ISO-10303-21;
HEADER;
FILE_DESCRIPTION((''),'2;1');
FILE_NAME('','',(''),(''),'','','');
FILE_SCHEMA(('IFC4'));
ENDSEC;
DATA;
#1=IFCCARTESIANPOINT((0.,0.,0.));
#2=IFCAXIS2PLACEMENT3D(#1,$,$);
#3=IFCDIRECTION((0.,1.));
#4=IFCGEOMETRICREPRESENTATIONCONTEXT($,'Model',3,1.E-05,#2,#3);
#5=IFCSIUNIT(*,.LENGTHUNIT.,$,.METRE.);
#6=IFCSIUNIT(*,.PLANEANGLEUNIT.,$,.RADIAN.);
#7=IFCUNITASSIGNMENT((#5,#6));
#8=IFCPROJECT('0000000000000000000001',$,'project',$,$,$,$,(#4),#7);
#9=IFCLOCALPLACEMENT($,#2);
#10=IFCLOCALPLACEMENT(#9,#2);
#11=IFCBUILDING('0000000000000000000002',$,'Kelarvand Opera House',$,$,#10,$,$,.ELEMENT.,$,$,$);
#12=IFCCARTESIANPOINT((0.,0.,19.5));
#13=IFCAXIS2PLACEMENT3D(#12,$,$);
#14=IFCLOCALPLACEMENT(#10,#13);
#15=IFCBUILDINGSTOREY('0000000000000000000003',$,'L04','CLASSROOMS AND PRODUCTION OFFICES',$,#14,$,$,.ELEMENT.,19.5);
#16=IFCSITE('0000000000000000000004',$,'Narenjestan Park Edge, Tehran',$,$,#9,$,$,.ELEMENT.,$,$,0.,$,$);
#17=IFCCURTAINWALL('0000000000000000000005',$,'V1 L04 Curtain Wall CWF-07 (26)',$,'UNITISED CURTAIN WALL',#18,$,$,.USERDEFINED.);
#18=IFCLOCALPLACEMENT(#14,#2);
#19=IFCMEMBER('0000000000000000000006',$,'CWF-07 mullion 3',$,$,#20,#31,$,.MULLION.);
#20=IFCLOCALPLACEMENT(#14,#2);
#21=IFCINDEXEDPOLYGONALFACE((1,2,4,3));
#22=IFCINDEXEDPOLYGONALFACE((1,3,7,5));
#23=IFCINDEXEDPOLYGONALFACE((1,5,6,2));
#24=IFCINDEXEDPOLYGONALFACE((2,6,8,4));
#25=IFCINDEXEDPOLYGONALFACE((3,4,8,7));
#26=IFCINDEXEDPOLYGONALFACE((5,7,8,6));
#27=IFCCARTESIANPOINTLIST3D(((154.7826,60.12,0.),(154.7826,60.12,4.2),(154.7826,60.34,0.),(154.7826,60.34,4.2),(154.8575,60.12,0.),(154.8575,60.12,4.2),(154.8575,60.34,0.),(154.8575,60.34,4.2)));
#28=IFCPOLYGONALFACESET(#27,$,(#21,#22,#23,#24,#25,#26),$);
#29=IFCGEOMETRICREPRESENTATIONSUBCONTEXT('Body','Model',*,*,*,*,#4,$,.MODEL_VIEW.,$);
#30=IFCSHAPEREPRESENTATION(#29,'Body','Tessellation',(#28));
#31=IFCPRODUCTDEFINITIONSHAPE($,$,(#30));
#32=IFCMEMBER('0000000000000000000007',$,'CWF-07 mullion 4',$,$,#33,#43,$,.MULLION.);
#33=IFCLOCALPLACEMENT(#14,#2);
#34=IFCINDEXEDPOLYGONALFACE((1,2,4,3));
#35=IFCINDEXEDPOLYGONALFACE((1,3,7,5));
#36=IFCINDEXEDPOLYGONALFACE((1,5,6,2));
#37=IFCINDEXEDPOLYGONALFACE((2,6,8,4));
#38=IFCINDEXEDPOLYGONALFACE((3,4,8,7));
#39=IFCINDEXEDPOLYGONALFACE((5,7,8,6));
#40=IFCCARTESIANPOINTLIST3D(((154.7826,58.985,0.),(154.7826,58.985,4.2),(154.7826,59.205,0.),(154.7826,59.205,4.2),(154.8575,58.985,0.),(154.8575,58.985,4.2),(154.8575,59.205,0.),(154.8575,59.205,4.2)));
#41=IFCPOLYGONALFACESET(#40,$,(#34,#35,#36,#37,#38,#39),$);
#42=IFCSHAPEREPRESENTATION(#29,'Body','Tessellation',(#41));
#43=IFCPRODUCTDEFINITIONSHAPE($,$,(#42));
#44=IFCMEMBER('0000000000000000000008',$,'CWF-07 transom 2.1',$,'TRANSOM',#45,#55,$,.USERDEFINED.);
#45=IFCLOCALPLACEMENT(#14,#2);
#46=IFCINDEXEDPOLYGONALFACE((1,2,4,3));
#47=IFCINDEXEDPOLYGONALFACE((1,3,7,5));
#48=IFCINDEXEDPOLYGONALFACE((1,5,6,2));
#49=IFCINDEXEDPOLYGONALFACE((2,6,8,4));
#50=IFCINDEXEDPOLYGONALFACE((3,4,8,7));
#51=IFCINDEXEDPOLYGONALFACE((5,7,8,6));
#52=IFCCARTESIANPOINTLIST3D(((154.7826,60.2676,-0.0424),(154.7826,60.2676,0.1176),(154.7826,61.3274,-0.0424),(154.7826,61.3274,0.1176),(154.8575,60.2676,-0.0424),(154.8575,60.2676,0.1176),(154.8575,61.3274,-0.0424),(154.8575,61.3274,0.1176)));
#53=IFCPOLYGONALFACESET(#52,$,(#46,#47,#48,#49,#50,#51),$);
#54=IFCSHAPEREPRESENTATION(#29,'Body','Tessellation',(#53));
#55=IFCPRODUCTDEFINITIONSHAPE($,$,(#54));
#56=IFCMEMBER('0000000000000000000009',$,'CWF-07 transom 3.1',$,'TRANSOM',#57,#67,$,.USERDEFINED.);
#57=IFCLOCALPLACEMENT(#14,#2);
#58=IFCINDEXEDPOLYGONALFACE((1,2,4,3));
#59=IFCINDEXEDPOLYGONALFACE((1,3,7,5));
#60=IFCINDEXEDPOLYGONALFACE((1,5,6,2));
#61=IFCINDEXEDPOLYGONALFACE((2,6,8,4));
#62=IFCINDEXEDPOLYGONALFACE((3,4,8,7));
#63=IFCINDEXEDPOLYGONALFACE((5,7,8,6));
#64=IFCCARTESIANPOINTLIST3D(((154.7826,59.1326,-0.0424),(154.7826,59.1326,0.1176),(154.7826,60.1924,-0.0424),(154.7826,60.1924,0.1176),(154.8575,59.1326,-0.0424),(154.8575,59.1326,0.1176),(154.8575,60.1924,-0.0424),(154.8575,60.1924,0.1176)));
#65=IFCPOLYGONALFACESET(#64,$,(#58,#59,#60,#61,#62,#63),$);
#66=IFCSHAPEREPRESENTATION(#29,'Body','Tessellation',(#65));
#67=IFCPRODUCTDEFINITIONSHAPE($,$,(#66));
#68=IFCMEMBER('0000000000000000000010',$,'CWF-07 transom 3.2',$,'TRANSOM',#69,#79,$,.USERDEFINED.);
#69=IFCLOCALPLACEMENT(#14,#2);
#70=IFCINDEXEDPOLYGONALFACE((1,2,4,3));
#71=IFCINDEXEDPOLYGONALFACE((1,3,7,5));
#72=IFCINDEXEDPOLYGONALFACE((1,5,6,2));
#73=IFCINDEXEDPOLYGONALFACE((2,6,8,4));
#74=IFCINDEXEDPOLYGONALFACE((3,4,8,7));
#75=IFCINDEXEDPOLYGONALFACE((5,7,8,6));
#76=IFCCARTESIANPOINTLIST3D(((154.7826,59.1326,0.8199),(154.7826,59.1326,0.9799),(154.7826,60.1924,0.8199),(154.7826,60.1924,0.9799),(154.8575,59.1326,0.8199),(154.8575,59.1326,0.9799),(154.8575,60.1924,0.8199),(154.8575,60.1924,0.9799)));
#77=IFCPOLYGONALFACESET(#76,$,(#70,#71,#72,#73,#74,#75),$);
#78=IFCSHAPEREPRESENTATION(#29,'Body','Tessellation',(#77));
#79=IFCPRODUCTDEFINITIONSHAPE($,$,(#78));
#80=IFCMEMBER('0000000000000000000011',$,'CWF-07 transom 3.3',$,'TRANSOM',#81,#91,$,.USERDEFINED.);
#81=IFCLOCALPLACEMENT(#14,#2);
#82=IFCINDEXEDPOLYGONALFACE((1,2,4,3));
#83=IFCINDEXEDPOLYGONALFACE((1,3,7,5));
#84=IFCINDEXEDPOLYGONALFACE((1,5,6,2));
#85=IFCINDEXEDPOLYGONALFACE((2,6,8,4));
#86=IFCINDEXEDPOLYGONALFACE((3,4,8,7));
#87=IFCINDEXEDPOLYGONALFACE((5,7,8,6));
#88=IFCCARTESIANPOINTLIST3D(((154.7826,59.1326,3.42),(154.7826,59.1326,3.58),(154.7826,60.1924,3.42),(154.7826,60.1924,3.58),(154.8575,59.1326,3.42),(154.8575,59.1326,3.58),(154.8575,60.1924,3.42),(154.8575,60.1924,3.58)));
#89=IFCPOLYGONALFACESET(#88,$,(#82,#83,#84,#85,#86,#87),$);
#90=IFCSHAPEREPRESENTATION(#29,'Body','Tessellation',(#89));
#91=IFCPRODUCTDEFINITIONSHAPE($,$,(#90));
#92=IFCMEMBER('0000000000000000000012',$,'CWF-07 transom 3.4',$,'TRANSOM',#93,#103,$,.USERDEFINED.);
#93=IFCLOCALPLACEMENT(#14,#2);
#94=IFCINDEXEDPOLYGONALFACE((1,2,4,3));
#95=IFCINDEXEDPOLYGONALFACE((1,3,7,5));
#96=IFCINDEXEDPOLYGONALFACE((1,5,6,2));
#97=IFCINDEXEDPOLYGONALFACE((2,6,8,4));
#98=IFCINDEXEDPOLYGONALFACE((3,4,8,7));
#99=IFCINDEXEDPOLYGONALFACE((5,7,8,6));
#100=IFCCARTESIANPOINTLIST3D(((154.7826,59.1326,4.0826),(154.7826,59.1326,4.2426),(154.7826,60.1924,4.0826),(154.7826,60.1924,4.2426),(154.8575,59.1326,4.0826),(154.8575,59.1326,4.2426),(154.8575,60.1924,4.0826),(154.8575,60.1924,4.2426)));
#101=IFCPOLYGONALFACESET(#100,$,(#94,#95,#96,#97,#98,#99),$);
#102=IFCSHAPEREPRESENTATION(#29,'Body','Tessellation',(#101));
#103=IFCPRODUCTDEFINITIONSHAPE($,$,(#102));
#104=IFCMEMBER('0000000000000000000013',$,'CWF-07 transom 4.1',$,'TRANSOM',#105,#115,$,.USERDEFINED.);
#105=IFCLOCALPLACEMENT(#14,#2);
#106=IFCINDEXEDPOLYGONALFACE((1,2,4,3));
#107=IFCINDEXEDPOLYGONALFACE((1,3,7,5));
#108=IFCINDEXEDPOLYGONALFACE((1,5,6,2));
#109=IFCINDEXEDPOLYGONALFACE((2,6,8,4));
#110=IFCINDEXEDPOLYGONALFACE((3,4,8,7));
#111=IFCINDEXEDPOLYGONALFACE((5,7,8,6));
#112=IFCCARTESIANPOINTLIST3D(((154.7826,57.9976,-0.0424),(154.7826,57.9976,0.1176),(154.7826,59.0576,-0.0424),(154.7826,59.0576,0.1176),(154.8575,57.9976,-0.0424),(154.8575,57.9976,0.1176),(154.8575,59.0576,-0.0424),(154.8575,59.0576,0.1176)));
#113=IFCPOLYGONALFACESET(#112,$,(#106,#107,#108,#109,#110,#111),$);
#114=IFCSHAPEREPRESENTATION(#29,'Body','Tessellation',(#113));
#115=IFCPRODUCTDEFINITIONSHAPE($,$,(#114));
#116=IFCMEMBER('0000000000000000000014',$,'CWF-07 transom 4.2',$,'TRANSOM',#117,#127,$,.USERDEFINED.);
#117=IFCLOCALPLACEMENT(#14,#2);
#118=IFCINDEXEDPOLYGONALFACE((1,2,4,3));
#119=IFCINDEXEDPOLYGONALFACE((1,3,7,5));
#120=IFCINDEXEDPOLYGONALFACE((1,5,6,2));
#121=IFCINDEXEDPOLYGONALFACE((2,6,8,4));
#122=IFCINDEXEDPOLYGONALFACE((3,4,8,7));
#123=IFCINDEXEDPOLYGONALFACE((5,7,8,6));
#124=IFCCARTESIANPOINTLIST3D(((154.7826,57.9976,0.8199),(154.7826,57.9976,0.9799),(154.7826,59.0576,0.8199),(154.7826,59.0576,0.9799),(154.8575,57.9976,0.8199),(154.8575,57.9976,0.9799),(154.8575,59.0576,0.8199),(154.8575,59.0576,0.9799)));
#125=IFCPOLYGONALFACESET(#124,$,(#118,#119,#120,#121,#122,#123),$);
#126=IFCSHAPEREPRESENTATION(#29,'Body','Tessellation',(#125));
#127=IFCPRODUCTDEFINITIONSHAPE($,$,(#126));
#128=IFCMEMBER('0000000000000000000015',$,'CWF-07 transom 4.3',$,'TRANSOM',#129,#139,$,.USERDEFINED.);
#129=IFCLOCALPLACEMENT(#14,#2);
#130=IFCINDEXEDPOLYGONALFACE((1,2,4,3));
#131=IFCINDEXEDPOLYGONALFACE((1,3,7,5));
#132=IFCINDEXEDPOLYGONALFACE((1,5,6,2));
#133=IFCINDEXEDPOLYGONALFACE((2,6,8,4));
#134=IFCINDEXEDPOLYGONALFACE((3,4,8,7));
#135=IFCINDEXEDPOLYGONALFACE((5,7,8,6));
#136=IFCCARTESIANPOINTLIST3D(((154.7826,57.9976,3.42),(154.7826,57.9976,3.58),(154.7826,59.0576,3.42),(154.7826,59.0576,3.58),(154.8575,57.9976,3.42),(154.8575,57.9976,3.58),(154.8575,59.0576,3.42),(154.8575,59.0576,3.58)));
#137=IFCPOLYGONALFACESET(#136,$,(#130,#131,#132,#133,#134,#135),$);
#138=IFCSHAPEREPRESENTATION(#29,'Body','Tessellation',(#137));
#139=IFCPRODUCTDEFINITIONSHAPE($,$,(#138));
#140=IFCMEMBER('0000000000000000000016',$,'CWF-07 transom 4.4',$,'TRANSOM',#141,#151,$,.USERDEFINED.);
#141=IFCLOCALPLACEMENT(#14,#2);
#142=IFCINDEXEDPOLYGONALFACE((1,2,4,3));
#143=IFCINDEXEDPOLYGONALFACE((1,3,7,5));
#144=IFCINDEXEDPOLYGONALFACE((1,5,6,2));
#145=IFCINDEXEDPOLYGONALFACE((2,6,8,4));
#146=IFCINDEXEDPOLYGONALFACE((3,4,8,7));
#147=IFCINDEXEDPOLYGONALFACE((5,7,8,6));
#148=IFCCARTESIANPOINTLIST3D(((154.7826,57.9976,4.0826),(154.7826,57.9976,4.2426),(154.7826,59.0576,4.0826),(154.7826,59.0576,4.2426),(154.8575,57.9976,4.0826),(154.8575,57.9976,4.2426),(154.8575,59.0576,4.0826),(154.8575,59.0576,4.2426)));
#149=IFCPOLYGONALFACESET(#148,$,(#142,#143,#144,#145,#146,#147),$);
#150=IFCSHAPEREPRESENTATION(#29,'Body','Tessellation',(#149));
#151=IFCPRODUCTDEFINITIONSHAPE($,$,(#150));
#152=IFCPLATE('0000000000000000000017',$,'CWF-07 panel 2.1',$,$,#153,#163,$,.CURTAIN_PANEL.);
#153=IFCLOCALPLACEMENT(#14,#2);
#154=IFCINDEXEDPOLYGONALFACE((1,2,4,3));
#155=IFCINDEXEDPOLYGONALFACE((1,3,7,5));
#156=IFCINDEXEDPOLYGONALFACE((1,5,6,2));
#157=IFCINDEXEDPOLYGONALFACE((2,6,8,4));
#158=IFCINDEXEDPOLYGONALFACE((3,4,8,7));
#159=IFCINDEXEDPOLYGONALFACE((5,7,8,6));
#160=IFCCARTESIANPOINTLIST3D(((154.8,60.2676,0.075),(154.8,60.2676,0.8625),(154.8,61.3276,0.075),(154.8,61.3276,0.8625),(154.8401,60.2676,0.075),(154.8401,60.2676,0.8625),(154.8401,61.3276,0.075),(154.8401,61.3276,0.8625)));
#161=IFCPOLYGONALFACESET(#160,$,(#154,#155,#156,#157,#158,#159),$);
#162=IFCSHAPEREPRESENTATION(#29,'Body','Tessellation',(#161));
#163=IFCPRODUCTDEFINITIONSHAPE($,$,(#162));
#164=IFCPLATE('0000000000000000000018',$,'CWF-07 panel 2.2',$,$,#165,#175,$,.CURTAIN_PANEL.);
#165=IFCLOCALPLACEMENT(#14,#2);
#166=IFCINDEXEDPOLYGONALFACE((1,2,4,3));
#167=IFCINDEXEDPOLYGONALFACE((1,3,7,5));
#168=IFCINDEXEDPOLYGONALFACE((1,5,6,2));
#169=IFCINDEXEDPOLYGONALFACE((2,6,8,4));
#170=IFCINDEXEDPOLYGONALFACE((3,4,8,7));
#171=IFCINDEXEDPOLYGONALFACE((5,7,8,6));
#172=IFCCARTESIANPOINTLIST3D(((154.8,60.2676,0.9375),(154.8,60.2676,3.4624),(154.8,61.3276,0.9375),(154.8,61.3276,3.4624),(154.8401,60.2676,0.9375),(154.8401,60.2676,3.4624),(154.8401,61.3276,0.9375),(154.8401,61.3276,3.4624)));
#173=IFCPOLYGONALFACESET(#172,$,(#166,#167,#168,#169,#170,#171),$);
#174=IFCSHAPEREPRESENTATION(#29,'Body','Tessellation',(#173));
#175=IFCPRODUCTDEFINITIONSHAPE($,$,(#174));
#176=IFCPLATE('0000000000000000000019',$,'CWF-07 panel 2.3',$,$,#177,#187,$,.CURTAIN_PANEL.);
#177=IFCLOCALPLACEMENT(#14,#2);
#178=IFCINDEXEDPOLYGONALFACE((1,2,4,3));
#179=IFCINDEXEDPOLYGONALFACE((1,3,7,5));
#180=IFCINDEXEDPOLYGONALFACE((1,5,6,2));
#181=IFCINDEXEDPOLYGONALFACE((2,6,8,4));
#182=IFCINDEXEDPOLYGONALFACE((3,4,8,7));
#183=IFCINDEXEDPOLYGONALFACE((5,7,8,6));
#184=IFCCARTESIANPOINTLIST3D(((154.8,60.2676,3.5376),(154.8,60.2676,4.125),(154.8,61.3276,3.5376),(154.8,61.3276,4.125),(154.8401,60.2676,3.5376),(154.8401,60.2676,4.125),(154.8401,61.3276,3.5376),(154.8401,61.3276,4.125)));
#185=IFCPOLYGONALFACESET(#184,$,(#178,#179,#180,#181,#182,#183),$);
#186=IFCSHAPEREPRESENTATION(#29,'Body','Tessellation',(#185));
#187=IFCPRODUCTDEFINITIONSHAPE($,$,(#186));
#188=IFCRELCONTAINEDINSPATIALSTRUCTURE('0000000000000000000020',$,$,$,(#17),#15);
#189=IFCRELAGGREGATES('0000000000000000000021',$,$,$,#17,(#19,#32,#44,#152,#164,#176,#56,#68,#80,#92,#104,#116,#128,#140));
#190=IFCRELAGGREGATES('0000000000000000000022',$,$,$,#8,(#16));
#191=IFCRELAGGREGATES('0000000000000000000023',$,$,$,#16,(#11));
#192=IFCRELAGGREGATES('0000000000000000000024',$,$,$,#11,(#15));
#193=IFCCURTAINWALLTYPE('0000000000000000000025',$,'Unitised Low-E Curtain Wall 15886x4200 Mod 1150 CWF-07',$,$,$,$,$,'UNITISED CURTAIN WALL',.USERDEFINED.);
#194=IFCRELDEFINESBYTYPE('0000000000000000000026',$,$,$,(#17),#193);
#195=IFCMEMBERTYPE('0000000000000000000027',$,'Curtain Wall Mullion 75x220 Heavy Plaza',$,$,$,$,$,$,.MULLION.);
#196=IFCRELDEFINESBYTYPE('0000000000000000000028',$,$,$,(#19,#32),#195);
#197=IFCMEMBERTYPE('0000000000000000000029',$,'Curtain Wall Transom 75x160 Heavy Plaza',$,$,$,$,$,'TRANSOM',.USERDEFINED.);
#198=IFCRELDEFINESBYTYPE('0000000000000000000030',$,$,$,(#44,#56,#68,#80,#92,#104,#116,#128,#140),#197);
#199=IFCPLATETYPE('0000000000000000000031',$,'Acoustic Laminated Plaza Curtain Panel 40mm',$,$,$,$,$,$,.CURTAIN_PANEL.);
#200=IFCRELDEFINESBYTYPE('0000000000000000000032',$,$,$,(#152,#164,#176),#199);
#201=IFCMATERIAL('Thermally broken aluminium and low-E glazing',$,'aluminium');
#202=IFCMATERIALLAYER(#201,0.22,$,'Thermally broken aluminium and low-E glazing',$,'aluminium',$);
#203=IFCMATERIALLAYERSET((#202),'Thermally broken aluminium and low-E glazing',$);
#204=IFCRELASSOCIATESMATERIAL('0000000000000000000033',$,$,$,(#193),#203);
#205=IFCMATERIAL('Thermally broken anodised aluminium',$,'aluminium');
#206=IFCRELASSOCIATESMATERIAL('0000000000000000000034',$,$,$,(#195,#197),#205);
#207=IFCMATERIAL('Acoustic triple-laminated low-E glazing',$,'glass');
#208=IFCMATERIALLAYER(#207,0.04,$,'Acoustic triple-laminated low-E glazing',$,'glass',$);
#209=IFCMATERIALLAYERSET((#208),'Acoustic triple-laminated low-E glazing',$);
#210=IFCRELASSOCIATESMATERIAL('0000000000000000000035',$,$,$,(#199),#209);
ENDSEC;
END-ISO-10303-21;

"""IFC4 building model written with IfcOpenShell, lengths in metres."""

from ifc_helpers import new_model, si_unit, direction, frame, origin, origin_2d, place, context, subcontext, project, spatial, rectangle, extrude, material, layer, layer_set, material_profile, profile_set, type_object, element, aggregate, save


model = new_model("IFC4")

# Units and contexts
model_context = context("Model", 3, precision=1e-05, world=origin(), true_north=direction((0.0, 1.0)))
body_context = subcontext(model_context, "Body", "Model", "MODEL_VIEW")
ifc_project = project(units=[si_unit("LENGTHUNIT", "METRE"), si_unit("PLANEANGLEUNIT", "RADIAN")], contexts=[model_context])

# Site, building, storey
site_placement = place(None, origin())
site = spatial("IfcSite", under=ifc_project, at=site_placement, Name="Narenjestan Park Edge, Tehran", CompositionType="ELEMENT", RefElevation=0.0)
building_placement = place(site_placement, origin())
building = spatial("IfcBuilding", under=site, at=building_placement, Name="Kelarvand Opera House", CompositionType="ELEMENT")
storey_placement = place(building_placement, frame((0.0, 0.0, 19.5)))
storey = spatial("IfcBuildingStorey", under=building, at=storey_placement, Name="L04", Description="CLASSROOMS AND PRODUCTION OFFICES", CompositionType="ELEMENT", Elevation=19.5)

# Curtain wall, members, plates
ifc_material_1 = material(Name="Thermally broken aluminium and low-E glazing", Category="aluminium")
ifc_layer_1 = layer(ifc_material_1, 0.22, Name="Thermally broken aluminium and low-E glazing", Category="aluminium")
ifc_layer_set_1 = layer_set([ifc_layer_1], Name="Thermally broken aluminium and low-E glazing")
curtain_wall_type = type_object("IfcCurtainWallType", Name="Unitised Low-E Curtain Wall 15886x4200 Mod 1150 CWF-07", ElementType="UNITISED CURTAIN WALL", PredefinedType="USERDEFINED", material=ifc_layer_set_1)
curtain_wall_placement = place(storey_placement, origin())
curtain_wall = element("IfcCurtainWall", 1, at=curtain_wall_placement, inside=storey, type_object=curtain_wall_type, Name="V1 L04 Curtain Wall CWF-07 (26)", ObjectType="UNITISED CURTAIN WALL", PredefinedType="USERDEFINED")
ifc_material_2 = material(Name="Thermally broken anodised aluminium", Category="aluminium")
ifc_material_profile_1 = material_profile(ifc_material_2, rectangle(XDim=0.075, YDim=0.22, at=origin_2d()), Name="ALU MULLION 75x220", Category="aluminium")
ifc_profile_set_1 = profile_set([ifc_material_profile_1], Name="Thermally broken anodised aluminium")
member_type_1 = type_object("IfcMemberType", Name="Curtain Wall Mullion 75x220 Heavy Plaza", PredefinedType="MULLION", material=ifc_profile_set_1)
member_1_placement = place(storey_placement, frame((154.8201, 60.23, 0.0), z_axis=(0.0, 0.0, 1.0), x_axis=(1.0, 0.0, 0.0)))
member_1 = element("IfcMember", 2, at=member_1_placement, type_object=member_type_1, Name="CWF-07 mullion 3", PredefinedType="MULLION", context=body_context, shape_type="SweptSolid", body=[
    extrude(rectangle(XDim=0.075, YDim=0.22, at=origin_2d()), origin(), (0.0, 0.0, 1.0), 4.2),
])
member_2_placement = place(storey_placement, frame((154.8201, 59.095, 0.0), z_axis=(0.0, 0.0, 1.0), x_axis=(1.0, 0.0, 0.0)))
member_2 = element("IfcMember", 3, at=member_2_placement, type_object=member_type_1, Name="CWF-07 mullion 4", PredefinedType="MULLION", context=body_context, shape_type="SweptSolid", body=[
    extrude(rectangle(XDim=0.075, YDim=0.22, at=origin_2d()), origin(), (0.0, 0.0, 1.0), 4.2),
])
ifc_material_profile_2 = material_profile(ifc_material_2, rectangle(XDim=0.075, YDim=0.1599, at=origin_2d()), Name="ALU TRANSOM 75x160", Category="aluminium")
ifc_profile_set_2 = profile_set([ifc_material_profile_2], Name="Thermally broken anodised aluminium")
member_type_2 = type_object("IfcMemberType", Name="Curtain Wall Transom 75x160 Heavy Plaza", ElementType="TRANSOM", PredefinedType="USERDEFINED", material=ifc_profile_set_2)
member_3_placement = place(storey_placement, frame((154.8201, 61.3274, 0.0376), z_axis=(0.0, -1.0, 0.0), x_axis=(1.0, 0.0, 0.0)))
member_3 = element("IfcMember", 4, at=member_3_placement, type_object=member_type_2, Name="CWF-07 transom 2.1", ObjectType="TRANSOM", PredefinedType="USERDEFINED", context=body_context, shape_type="SweptSolid", body=[
    extrude(rectangle(XDim=0.075, YDim=0.1599, at=origin_2d()), origin(), (0.0, 0.0, 1.0), 1.0598),
])
member_4_placement = place(storey_placement, frame((154.8201, 60.1924, 0.0376), z_axis=(0.0, -1.0, 0.0), x_axis=(1.0, 0.0, 0.0)))
member_4 = element("IfcMember", 5, at=member_4_placement, type_object=member_type_2, Name="CWF-07 transom 3.1", ObjectType="TRANSOM", PredefinedType="USERDEFINED", context=body_context, shape_type="SweptSolid", body=[
    extrude(rectangle(XDim=0.075, YDim=0.1599, at=origin_2d()), origin(), (0.0, 0.0, 1.0), 1.0598),
])
member_5_placement = place(storey_placement, frame((154.8201, 60.1924, 0.8999), z_axis=(0.0, -1.0, 0.0), x_axis=(1.0, 0.0, 0.0)))
member_5 = element("IfcMember", 6, at=member_5_placement, type_object=member_type_2, Name="CWF-07 transom 3.2", ObjectType="TRANSOM", PredefinedType="USERDEFINED", context=body_context, shape_type="SweptSolid", body=[
    extrude(rectangle(XDim=0.075, YDim=0.1599, at=origin_2d()), origin(), (0.0, 0.0, 1.0), 1.0598),
])
member_6_placement = place(storey_placement, frame((154.8201, 60.1924, 3.5), z_axis=(0.0, -1.0, 0.0), x_axis=(1.0, 0.0, 0.0)))
member_6 = element("IfcMember", 7, at=member_6_placement, type_object=member_type_2, Name="CWF-07 transom 3.3", ObjectType="TRANSOM", PredefinedType="USERDEFINED", context=body_context, shape_type="SweptSolid", body=[
    extrude(rectangle(XDim=0.075, YDim=0.1599, at=origin_2d()), origin(), (0.0, 0.0, 1.0), 1.0598),
])
member_7_placement = place(storey_placement, frame((154.8201, 60.1924, 4.1626), z_axis=(0.0, -1.0, 0.0), x_axis=(1.0, 0.0, 0.0)))
member_7 = element("IfcMember", 8, at=member_7_placement, type_object=member_type_2, Name="CWF-07 transom 3.4", ObjectType="TRANSOM", PredefinedType="USERDEFINED", context=body_context, shape_type="SweptSolid", body=[
    extrude(rectangle(XDim=0.075, YDim=0.1599, at=origin_2d()), origin(), (0.0, 0.0, 1.0), 1.0598),
])
member_8_placement = place(storey_placement, frame((154.8201, 59.0576, 0.0376), z_axis=(0.0, -1.0, 0.0), x_axis=(1.0, 0.0, 0.0)))
member_8 = element("IfcMember", 9, at=member_8_placement, type_object=member_type_2, Name="CWF-07 transom 4.1", ObjectType="TRANSOM", PredefinedType="USERDEFINED", context=body_context, shape_type="SweptSolid", body=[
    extrude(rectangle(XDim=0.075, YDim=0.1599, at=origin_2d()), origin(), (0.0, 0.0, 1.0), 1.0601),
])
member_9_placement = place(storey_placement, frame((154.8201, 59.0576, 0.8999), z_axis=(0.0, -1.0, 0.0), x_axis=(1.0, 0.0, 0.0)))
member_9 = element("IfcMember", 10, at=member_9_placement, type_object=member_type_2, Name="CWF-07 transom 4.2", ObjectType="TRANSOM", PredefinedType="USERDEFINED", context=body_context, shape_type="SweptSolid", body=[
    extrude(rectangle(XDim=0.075, YDim=0.1599, at=origin_2d()), origin(), (0.0, 0.0, 1.0), 1.0601),
])
member_10_placement = place(storey_placement, frame((154.8201, 59.0576, 3.5), z_axis=(0.0, -1.0, 0.0), x_axis=(1.0, 0.0, 0.0)))
member_10 = element("IfcMember", 11, at=member_10_placement, type_object=member_type_2, Name="CWF-07 transom 4.3", ObjectType="TRANSOM", PredefinedType="USERDEFINED", context=body_context, shape_type="SweptSolid", body=[
    extrude(rectangle(XDim=0.075, YDim=0.1599, at=origin_2d()), origin(), (0.0, 0.0, 1.0), 1.0601),
])
member_11_placement = place(storey_placement, frame((154.8201, 59.0576, 4.1626), z_axis=(0.0, -1.0, 0.0), x_axis=(1.0, 0.0, 0.0)))
member_11 = element("IfcMember", 12, at=member_11_placement, type_object=member_type_2, Name="CWF-07 transom 4.4", ObjectType="TRANSOM", PredefinedType="USERDEFINED", context=body_context, shape_type="SweptSolid", body=[
    extrude(rectangle(XDim=0.075, YDim=0.1599, at=origin_2d()), origin(), (0.0, 0.0, 1.0), 1.0601),
])
ifc_material_3 = material(Name="Acoustic triple-laminated low-E glazing", Category="glass")
ifc_layer_2 = layer(ifc_material_3, 0.04, Name="Acoustic triple-laminated low-E glazing", Category="glass")
ifc_layer_set_2 = layer_set([ifc_layer_2], Name="Acoustic triple-laminated low-E glazing")
plate_type = type_object("IfcPlateType", Name="Acoustic Laminated Plaza Curtain Panel 40mm", PredefinedType="CURTAIN_PANEL", material=ifc_layer_set_2)
plate_1_placement = place(storey_placement, frame((154.8201, 60.7976, 0.075), z_axis=(0.0, 0.0, 1.0), x_axis=(0.0, -1.0, 0.0)))
plate_1 = element("IfcPlate", 13, at=plate_1_placement, type_object=plate_type, Name="CWF-07 panel 2.1", PredefinedType="CURTAIN_PANEL", context=body_context, shape_type="SweptSolid", body=[
    extrude(rectangle(XDim=1.0601, YDim=0.04, at=origin_2d()), origin(), (0.0, 0.0, 1.0), 0.7876),
])
plate_2_placement = place(storey_placement, frame((154.8201, 60.7976, 0.9375), z_axis=(0.0, 0.0, 1.0), x_axis=(0.0, -1.0, 0.0)))
plate_2 = element("IfcPlate", 14, at=plate_2_placement, type_object=plate_type, Name="CWF-07 panel 2.2", PredefinedType="CURTAIN_PANEL", context=body_context, shape_type="SweptSolid", body=[
    extrude(rectangle(XDim=1.0601, YDim=0.04, at=origin_2d()), origin(), (0.0, 0.0, 1.0), 2.5249),
])
plate_3_placement = place(storey_placement, frame((154.8201, 60.7976, 3.5376), z_axis=(0.0, 0.0, 1.0), x_axis=(0.0, -1.0, 0.0)))
plate_3 = element("IfcPlate", 15, at=plate_3_placement, type_object=plate_type, Name="CWF-07 panel 2.3", PredefinedType="CURTAIN_PANEL", context=body_context, shape_type="SweptSolid", body=[
    extrude(rectangle(XDim=1.0601, YDim=0.04, at=origin_2d()), origin(), (0.0, 0.0, 1.0), 0.5874),
])
aggregate(curtain_wall, [member_1, member_2, member_3, plate_1, plate_2, plate_3, member_4, member_5, member_6, member_7, member_8, member_9, member_10, member_11])

save(model, "model.ifc")
